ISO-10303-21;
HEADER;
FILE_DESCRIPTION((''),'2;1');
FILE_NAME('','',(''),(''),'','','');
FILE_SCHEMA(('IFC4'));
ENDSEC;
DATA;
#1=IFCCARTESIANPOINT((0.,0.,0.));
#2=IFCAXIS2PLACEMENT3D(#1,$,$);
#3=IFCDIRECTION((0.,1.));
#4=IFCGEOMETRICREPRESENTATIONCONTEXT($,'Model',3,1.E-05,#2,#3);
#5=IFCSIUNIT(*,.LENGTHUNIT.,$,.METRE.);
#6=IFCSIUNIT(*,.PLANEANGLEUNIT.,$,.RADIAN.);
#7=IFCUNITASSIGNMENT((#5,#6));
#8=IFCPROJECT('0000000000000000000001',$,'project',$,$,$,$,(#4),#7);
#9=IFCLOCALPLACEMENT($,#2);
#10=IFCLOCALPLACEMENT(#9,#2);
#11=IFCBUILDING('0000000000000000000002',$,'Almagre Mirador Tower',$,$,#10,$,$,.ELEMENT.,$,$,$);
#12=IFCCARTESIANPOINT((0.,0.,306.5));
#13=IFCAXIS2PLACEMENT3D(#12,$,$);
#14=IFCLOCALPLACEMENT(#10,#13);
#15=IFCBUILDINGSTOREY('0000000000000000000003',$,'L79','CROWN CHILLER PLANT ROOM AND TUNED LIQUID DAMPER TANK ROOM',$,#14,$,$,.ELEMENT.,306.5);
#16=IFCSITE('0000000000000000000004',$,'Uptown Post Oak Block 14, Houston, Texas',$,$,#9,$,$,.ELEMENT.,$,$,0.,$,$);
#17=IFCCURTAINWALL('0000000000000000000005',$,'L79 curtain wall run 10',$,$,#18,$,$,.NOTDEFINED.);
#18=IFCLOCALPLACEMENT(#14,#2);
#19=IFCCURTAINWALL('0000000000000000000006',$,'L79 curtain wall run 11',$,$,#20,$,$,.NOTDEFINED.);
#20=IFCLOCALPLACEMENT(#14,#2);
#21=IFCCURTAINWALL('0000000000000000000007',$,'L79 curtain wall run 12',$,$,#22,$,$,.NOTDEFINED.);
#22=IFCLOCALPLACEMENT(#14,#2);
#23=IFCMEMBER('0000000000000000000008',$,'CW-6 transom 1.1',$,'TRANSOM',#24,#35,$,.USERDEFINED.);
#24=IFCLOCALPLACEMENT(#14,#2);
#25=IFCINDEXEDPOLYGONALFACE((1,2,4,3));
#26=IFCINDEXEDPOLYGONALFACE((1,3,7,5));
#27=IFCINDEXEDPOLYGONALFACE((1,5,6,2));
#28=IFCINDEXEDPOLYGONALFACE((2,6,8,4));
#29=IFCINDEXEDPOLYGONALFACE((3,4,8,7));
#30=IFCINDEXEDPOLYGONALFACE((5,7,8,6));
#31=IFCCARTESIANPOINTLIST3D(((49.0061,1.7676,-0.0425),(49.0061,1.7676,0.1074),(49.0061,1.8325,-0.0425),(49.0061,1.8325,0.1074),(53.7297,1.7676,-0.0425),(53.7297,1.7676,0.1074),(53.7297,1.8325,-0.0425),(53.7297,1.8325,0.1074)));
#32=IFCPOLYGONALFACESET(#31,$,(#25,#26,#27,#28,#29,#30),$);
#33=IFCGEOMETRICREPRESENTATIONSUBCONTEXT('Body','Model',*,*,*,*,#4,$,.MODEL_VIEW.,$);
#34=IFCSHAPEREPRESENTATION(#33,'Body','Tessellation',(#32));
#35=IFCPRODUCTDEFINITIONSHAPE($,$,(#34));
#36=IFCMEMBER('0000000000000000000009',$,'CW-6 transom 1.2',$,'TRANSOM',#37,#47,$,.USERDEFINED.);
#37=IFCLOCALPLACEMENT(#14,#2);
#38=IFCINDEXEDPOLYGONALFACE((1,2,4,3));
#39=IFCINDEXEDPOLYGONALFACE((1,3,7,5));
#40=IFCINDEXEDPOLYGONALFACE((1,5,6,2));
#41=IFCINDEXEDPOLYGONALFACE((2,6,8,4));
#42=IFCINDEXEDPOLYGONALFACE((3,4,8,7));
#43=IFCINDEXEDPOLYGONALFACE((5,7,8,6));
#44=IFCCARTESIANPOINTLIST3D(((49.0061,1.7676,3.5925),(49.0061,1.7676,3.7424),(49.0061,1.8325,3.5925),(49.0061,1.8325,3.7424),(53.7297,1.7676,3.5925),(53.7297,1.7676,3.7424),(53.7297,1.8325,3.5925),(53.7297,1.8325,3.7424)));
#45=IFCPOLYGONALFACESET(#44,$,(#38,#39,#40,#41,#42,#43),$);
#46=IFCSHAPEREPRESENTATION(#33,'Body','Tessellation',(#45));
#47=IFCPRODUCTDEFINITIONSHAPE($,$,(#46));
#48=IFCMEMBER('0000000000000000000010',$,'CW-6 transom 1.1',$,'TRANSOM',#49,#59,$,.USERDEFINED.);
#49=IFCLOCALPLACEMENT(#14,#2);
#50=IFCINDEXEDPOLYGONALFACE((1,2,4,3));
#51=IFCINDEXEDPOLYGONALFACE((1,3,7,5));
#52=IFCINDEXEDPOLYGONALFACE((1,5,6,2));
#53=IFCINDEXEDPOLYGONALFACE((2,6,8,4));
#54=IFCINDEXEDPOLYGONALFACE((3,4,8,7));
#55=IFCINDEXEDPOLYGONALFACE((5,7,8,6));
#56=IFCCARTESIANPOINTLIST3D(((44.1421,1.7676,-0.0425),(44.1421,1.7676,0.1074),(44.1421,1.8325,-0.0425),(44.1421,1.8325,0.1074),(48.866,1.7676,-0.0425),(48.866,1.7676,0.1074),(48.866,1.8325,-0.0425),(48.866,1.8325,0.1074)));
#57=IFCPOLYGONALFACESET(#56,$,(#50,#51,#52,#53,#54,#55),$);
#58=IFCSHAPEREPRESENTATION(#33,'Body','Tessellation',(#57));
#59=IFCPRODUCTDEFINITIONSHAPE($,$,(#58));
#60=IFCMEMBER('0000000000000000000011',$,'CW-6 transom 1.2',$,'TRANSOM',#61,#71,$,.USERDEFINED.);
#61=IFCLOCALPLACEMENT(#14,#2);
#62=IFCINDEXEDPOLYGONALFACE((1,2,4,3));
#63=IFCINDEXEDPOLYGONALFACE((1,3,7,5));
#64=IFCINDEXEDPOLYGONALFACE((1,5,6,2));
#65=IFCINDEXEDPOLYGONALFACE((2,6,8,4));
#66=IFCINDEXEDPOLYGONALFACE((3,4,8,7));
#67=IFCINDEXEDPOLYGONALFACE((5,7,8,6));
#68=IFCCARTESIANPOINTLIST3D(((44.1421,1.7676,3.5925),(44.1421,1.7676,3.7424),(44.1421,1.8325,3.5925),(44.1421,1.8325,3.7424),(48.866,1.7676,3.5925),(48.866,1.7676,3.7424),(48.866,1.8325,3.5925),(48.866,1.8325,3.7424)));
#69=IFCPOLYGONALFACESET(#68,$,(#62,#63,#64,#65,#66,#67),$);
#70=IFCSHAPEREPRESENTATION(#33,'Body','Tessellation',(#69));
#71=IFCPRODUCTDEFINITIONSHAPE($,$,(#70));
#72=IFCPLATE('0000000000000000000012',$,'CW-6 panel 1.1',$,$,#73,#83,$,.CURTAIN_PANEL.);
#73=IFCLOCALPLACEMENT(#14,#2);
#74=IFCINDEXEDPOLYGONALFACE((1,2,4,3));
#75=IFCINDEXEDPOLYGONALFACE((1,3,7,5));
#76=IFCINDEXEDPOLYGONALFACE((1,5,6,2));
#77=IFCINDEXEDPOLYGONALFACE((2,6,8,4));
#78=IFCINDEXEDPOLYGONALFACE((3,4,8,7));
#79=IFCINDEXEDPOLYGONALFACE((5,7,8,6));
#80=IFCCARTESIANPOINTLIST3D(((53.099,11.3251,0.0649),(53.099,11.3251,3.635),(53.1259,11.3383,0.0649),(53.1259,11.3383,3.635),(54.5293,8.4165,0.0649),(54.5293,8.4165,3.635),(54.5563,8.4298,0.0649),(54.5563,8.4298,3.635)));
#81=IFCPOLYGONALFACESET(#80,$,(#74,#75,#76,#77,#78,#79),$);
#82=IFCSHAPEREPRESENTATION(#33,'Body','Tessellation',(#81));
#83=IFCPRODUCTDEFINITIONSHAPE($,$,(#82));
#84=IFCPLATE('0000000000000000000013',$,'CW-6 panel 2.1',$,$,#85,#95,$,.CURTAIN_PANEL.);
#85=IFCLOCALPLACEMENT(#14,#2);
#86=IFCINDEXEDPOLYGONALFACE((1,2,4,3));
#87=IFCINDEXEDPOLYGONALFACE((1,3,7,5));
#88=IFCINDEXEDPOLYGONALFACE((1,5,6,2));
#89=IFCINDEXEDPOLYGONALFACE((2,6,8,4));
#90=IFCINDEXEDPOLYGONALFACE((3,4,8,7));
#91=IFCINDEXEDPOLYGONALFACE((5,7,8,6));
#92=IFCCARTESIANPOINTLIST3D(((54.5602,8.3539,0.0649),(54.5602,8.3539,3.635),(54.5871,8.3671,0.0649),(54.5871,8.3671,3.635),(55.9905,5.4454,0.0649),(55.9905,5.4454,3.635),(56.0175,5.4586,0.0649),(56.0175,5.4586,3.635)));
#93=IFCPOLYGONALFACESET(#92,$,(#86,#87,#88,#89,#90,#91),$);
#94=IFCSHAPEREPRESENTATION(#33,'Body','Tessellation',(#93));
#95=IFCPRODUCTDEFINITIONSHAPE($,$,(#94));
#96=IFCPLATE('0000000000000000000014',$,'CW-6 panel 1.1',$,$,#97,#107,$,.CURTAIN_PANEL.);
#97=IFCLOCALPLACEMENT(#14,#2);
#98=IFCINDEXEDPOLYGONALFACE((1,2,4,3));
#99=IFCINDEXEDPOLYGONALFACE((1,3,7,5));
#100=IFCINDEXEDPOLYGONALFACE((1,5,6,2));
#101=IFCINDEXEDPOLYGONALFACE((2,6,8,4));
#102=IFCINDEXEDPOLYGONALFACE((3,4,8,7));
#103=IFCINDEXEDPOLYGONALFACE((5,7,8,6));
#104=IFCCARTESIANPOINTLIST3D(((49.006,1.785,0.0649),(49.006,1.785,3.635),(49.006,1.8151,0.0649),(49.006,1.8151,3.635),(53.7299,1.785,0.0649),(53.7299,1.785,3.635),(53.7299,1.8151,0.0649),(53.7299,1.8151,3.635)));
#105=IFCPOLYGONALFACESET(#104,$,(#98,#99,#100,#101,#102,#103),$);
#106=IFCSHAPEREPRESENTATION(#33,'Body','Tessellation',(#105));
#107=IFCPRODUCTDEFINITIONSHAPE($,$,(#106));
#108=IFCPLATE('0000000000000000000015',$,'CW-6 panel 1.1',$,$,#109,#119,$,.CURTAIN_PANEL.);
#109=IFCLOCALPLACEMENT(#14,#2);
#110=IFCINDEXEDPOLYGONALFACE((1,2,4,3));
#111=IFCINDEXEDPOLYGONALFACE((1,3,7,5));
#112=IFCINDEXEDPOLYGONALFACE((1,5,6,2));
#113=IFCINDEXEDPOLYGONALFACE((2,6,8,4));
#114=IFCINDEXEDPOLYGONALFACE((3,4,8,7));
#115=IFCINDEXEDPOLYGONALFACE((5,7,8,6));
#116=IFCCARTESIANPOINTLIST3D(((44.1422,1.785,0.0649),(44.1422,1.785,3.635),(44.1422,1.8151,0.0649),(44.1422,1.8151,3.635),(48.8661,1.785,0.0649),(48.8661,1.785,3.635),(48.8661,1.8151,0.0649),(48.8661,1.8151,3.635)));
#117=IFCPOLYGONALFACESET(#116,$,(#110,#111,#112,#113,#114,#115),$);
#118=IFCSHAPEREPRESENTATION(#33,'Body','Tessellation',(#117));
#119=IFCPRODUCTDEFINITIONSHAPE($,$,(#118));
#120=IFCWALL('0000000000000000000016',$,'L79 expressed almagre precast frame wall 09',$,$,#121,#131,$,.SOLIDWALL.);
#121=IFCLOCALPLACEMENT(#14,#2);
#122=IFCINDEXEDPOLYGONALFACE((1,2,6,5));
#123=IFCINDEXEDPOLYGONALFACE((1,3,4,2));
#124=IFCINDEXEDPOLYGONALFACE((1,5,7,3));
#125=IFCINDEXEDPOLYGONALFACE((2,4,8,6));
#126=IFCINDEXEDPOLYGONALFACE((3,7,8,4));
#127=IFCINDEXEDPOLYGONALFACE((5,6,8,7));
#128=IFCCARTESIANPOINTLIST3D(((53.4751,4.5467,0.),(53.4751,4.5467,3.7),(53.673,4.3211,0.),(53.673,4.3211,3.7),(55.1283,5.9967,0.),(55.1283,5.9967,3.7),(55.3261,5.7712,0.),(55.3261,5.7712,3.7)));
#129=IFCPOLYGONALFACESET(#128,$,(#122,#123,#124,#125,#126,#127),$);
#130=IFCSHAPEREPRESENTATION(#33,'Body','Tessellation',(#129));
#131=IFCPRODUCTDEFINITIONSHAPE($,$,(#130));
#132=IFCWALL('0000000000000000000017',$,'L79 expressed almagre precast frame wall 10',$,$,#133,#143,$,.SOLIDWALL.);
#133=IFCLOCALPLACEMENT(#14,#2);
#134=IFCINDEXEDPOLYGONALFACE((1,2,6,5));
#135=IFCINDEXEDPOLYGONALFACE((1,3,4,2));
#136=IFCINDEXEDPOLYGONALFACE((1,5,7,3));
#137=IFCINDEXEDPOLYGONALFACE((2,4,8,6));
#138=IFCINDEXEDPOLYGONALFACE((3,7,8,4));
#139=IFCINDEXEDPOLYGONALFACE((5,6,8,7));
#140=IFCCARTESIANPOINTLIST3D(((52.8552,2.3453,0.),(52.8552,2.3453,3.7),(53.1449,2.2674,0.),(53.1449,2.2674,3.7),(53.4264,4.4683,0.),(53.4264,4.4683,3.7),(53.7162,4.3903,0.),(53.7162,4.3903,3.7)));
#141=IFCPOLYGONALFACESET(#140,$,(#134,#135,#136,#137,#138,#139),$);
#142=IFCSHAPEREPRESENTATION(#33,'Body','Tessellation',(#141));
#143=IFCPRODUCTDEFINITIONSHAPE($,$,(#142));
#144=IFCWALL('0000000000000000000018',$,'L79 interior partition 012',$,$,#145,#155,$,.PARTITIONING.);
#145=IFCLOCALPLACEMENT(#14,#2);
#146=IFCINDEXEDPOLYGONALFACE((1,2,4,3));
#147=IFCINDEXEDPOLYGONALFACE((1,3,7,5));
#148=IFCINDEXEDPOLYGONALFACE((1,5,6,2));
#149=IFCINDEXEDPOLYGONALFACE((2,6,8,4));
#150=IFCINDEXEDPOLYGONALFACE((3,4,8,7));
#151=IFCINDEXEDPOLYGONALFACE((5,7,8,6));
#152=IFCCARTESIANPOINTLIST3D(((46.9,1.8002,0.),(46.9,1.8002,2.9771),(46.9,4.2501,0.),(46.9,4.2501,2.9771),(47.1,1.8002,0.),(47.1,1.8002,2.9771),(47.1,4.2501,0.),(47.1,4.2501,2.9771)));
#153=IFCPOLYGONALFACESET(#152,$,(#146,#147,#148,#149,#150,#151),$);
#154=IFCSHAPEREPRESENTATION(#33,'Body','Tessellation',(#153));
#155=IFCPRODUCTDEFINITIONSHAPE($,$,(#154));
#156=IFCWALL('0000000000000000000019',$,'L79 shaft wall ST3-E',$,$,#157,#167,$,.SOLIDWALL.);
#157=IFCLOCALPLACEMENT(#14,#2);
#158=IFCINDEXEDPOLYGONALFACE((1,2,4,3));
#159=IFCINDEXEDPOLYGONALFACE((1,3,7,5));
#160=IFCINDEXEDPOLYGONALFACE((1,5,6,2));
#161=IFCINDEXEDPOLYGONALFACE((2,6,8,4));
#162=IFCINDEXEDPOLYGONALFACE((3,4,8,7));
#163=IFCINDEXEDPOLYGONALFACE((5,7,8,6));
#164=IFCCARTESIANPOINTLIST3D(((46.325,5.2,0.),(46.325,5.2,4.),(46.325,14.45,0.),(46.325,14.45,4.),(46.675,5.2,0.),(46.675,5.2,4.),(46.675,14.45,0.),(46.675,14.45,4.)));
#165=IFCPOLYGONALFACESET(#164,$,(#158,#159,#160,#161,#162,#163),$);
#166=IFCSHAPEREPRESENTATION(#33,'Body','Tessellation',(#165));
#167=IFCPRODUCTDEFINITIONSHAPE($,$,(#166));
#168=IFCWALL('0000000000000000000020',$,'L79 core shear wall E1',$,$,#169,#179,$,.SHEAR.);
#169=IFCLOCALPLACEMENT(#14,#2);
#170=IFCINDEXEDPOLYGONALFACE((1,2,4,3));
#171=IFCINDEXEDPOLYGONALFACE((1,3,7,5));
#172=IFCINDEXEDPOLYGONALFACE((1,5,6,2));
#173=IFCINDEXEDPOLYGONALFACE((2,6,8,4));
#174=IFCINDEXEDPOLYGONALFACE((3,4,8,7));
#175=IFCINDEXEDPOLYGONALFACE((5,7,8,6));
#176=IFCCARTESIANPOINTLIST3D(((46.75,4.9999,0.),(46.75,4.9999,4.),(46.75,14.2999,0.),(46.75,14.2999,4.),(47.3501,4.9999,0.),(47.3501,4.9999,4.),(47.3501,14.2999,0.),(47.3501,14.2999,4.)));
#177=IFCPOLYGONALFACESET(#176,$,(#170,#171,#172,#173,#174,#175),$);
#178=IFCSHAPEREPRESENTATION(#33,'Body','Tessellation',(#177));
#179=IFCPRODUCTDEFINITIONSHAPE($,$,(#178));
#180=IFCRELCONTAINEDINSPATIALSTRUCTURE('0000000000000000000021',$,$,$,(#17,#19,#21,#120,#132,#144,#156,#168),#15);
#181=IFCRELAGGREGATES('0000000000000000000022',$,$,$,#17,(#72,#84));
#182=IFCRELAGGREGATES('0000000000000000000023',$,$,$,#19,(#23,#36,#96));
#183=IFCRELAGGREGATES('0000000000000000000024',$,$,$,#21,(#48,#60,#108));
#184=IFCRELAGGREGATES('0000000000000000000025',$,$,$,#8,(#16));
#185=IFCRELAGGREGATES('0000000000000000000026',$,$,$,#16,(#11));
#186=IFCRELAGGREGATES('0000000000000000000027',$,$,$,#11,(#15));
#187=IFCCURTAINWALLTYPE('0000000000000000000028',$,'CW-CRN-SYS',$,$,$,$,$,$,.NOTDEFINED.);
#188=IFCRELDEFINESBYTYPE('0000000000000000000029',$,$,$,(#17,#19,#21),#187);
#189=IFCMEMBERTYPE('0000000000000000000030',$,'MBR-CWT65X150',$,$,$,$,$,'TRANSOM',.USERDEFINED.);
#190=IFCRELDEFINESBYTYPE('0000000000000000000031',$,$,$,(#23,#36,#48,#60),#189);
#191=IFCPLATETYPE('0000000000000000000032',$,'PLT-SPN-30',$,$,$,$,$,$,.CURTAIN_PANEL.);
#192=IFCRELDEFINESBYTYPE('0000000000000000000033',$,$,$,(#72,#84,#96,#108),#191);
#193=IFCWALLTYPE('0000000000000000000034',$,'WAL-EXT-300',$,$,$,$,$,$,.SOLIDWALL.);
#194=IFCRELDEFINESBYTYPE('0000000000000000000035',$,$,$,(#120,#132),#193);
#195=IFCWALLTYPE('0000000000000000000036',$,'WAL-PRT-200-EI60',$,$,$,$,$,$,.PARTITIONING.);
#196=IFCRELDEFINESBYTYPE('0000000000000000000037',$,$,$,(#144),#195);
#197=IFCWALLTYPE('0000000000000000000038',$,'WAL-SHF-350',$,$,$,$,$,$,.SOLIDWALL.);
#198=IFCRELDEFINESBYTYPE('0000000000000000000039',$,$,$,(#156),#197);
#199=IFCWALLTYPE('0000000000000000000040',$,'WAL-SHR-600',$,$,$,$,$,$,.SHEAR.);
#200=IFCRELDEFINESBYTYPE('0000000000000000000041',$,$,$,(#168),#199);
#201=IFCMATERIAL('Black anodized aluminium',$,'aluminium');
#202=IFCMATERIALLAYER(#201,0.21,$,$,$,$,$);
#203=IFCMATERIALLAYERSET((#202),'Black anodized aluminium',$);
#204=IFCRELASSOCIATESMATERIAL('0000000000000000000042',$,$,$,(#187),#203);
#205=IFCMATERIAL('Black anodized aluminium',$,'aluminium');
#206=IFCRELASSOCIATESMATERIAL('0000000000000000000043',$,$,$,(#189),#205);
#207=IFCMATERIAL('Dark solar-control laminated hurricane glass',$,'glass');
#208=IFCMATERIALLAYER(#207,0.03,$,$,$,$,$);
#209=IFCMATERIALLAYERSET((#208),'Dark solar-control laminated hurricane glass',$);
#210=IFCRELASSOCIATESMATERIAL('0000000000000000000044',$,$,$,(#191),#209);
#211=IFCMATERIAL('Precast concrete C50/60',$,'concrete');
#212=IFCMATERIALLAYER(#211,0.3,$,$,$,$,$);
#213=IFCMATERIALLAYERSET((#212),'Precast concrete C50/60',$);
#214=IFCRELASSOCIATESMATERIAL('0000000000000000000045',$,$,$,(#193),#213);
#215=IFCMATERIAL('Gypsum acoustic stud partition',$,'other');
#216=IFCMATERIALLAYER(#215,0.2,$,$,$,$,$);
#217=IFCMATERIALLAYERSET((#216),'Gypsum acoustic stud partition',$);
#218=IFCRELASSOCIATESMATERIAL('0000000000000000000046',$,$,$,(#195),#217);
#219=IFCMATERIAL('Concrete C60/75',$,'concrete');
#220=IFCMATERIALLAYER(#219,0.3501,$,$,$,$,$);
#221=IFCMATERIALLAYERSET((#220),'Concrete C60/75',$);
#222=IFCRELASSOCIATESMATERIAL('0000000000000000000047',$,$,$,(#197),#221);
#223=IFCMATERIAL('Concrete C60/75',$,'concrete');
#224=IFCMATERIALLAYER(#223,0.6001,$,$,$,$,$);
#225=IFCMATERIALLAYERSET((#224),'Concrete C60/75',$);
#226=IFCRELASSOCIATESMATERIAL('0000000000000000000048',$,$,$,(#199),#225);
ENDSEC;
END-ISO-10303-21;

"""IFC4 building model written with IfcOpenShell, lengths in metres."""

from ifc_helpers import new_model, si_unit, direction, frame, frame_2d, origin, origin_2d, place, context, subcontext, project, spatial, rectangle, extrude, material, layer, layer_set, material_profile, profile_set, type_object, element, aggregate, save


model = new_model("IFC4")

# Units and contexts
model_context = context("Model", 3, precision=1e-05, world=origin(), true_north=direction((0.0, 1.0)))
body_context = subcontext(model_context, "Body", "Model", "MODEL_VIEW")
ifc_project = project(units=[si_unit("LENGTHUNIT", "METRE"), si_unit("PLANEANGLEUNIT", "RADIAN")], contexts=[model_context])

# Site, building, storey
site_placement = place(None, origin())
site = spatial("IfcSite", under=ifc_project, at=site_placement, Name="Uptown Post Oak Block 14, Houston, Texas", CompositionType="ELEMENT", RefElevation=0.0)
building_placement = place(site_placement, origin())
building = spatial("IfcBuilding", under=site, at=building_placement, Name="Almagre Mirador Tower", CompositionType="ELEMENT")
storey_placement = place(building_placement, frame((0.0, 0.0, 306.5)))
storey = spatial("IfcBuildingStorey", under=building, at=storey_placement, Name="L79", Description="CROWN CHILLER PLANT ROOM AND TUNED LIQUID DAMPER TANK ROOM", CompositionType="ELEMENT", Elevation=306.5)

# Curtain walls
ifc_material_1 = material(Name="Black anodized aluminium", Category="aluminium")
ifc_layer_1 = layer(ifc_material_1, 0.21)
ifc_layer_set_1 = layer_set([ifc_layer_1], Name="Black anodized aluminium")
curtain_wall_type = type_object("IfcCurtainWallType", Name="CW-CRN-SYS", PredefinedType="NOTDEFINED", material=ifc_layer_set_1)
curtain_wall_1_placement = place(storey_placement, origin())
curtain_wall_1 = element("IfcCurtainWall", 1, at=curtain_wall_1_placement, inside=storey, type_object=curtain_wall_type, Name="L79 curtain wall run 10", PredefinedType="NOTDEFINED")
curtain_wall_2_placement = place(storey_placement, origin())
curtain_wall_2 = element("IfcCurtainWall", 2, at=curtain_wall_2_placement, inside=storey, type_object=curtain_wall_type, Name="L79 curtain wall run 11", PredefinedType="NOTDEFINED")

# Curtain wall
curtain_wall_3_placement = place(storey_placement, origin())
curtain_wall_3 = element("IfcCurtainWall", 3, at=curtain_wall_3_placement, inside=storey, type_object=curtain_wall_type, Name="L79 curtain wall run 12", PredefinedType="NOTDEFINED")

# Members
ifc_material_2 = material(Name="Black anodized aluminium", Category="aluminium")
ifc_material_profile_1 = material_profile(ifc_material_2, rectangle(XDim=0.0649, YDim=0.1499, at=origin_2d()), Name="CWT65X150")
ifc_profile_set_1 = profile_set([ifc_material_profile_1], Name="Black anodized aluminium")
member_type_1 = type_object("IfcMemberType", Name="MBR-CWT65X150", ElementType="TRANSOM", PredefinedType="USERDEFINED", material=ifc_profile_set_1)
member_1_placement = place(storey_placement, frame((53.7297, 1.8, 0.0325), z_axis=(-1.0, 0.0, 0.0), x_axis=(0.0, -1.0, 0.0)))
member_1 = element("IfcMember", 4, at=member_1_placement, type_object=member_type_1, Name="CW-6 transom 1.1", ObjectType="TRANSOM", PredefinedType="USERDEFINED", context=body_context, shape_type="SweptSolid", body=[
    extrude(rectangle(XDim=0.0649, YDim=0.1499, at=origin_2d()), origin(), (0.0, 0.0, 1.0), 4.7236),
])
member_2_placement = place(storey_placement, frame((53.7297, 1.8, 3.6675), z_axis=(-1.0, 0.0, 0.0), x_axis=(0.0, -1.0, 0.0)))
member_2 = element("IfcMember", 5, at=member_2_placement, type_object=member_type_1, Name="CW-6 transom 1.2", ObjectType="TRANSOM", PredefinedType="USERDEFINED", context=body_context, shape_type="SweptSolid", body=[
    extrude(rectangle(XDim=0.0649, YDim=0.1499, at=origin_2d()), origin(), (0.0, 0.0, 1.0), 4.7236),
])
member_3_placement = place(storey_placement, frame((48.866, 1.8, 0.0325), z_axis=(-1.0, 0.0, 0.0), x_axis=(0.0, -1.0, 0.0)))
member_3 = element("IfcMember", 6, at=member_3_placement, type_object=member_type_1, Name="CW-6 transom 1.1", ObjectType="TRANSOM", PredefinedType="USERDEFINED", context=body_context, shape_type="SweptSolid", body=[
    extrude(rectangle(XDim=0.0649, YDim=0.1499, at=origin_2d()), origin(), (0.0, 0.0, 1.0), 4.7239),
])
member_4_placement = place(storey_placement, frame((48.866, 1.8, 3.6675), z_axis=(-1.0, 0.0, 0.0), x_axis=(0.0, -1.0, 0.0)))
member_4 = element("IfcMember", 7, at=member_4_placement, type_object=member_type_1, Name="CW-6 transom 1.2", ObjectType="TRANSOM", PredefinedType="USERDEFINED", context=body_context, shape_type="SweptSolid", body=[
    extrude(rectangle(XDim=0.0649, YDim=0.1499, at=origin_2d()), origin(), (0.0, 0.0, 1.0), 4.7239),
])

# Plates
ifc_material_3 = material(Name="Dark solar-control laminated hurricane glass", Category="glass")
ifc_layer_2 = layer(ifc_material_3, 0.03)
ifc_layer_set_2 = layer_set([ifc_layer_2], Name="Dark solar-control laminated hurricane glass")
plate_type = type_object("IfcPlateType", Name="PLT-SPN-30", PredefinedType="CURTAIN_PANEL", material=ifc_layer_set_2)
plate_1_placement = place(storey_placement, frame((53.8276, 9.8774, 0.0649), z_axis=(0.0, 0.0, 1.0), x_axis=(0.441299, -0.89736, 0.0)))
plate_1 = element("IfcPlate", 8, at=plate_1_placement, type_object=plate_type, Name="CW-6 panel 1.1", PredefinedType="CURTAIN_PANEL", context=body_context, shape_type="SweptSolid", body=[
    extrude(rectangle(XDim=3.2412, YDim=0.03, at=origin_2d()), origin(), (0.0, 0.0, 1.0), 3.5701),
])
plate_2_placement = place(storey_placement, frame((55.2888, 6.9062, 0.0649), z_axis=(0.0, 0.0, 1.0), x_axis=(0.441299, -0.89736, 0.0)))
plate_2 = element("IfcPlate", 9, at=plate_2_placement, type_object=plate_type, Name="CW-6 panel 2.1", PredefinedType="CURTAIN_PANEL", context=body_context, shape_type="SweptSolid", body=[
    extrude(rectangle(XDim=3.2412, YDim=0.03, at=origin_2d()), origin(), (0.0, 0.0, 1.0), 3.5701),
])
aggregate(curtain_wall_1, [plate_1, plate_2])
plate_3_placement = place(storey_placement, frame((51.3679, 1.8, 0.0649), z_axis=(0.0, 0.0, 1.0), x_axis=(-1.0, 0.0, 0.0)))
plate_3 = element("IfcPlate", 10, at=plate_3_placement, type_object=plate_type, Name="CW-6 panel 1.1", PredefinedType="CURTAIN_PANEL", context=body_context, shape_type="SweptSolid", body=[
    extrude(rectangle(XDim=4.7239, YDim=0.03, at=origin_2d()), origin(), (0.0, 0.0, 1.0), 3.5701),
])
aggregate(curtain_wall_2, [member_1, member_2, plate_3])
plate_4_placement = place(storey_placement, frame((46.5042, 1.8, 0.0649), z_axis=(0.0, 0.0, 1.0), x_axis=(-1.0, 0.0, 0.0)))
plate_4 = element("IfcPlate", 11, at=plate_4_placement, type_object=plate_type, Name="CW-6 panel 1.1", PredefinedType="CURTAIN_PANEL", context=body_context, shape_type="SweptSolid", body=[
    extrude(rectangle(XDim=4.7239, YDim=0.03, at=origin_2d()), origin(), (0.0, 0.0, 1.0), 3.5701),
])
aggregate(curtain_wall_3, [member_3, member_4, plate_4])

# Walls
ifc_material_4 = material(Name="Precast concrete C50/60", Category="concrete")
ifc_layer_3 = layer(ifc_material_4, 0.3)
ifc_layer_set_3 = layer_set([ifc_layer_3], Name="Precast concrete C50/60")
wall_type_1 = type_object("IfcWallType", Name="WAL-EXT-300", PredefinedType="SOLIDWALL", material=ifc_layer_set_3)
wall_1_placement = place(storey_placement, frame((55.2273, 5.884, 0.0), z_axis=(0.0, 0.0, 1.0), x_axis=(-0.751785, -0.659408, 0.0)))
element("IfcWall", 12, at=wall_1_placement, inside=storey, type_object=wall_type_1, Name="L79 expressed almagre precast frame wall 09", PredefinedType="SOLIDWALL", context=body_context, shape_type="SweptSolid", body=[
    extrude(rectangle(XDim=2.199, YDim=0.3, at=frame_2d((1.0996, 0.0))), origin(), (0.0, 0.0, 1.0), 3.7),
])
wall_2_placement = place(storey_placement, frame((53.5713, 4.4292, 0.0), z_axis=(0.0, 0.0, 1.0), x_axis=(-0.259846, -0.96565, 0.0)))
element("IfcWall", 13, at=wall_2_placement, inside=storey, type_object=wall_type_1, Name="L79 expressed almagre precast frame wall 10", PredefinedType="SOLIDWALL", context=body_context, shape_type="SweptSolid", body=[
    extrude(rectangle(XDim=2.1985, YDim=0.3, at=frame_2d((1.0991, 0.0))), origin(), (0.0, 0.0, 1.0), 3.7),
])
ifc_material_5 = material(Name="Gypsum acoustic stud partition", Category="other")
ifc_layer_4 = layer(ifc_material_5, 0.2)
ifc_layer_set_4 = layer_set([ifc_layer_4], Name="Gypsum acoustic stud partition")
wall_type_2 = type_object("IfcWallType", Name="WAL-PRT-200-EI60", PredefinedType="PARTITIONING", material=ifc_layer_set_4)
wall_3_placement = place(storey_placement, frame((47.0, 1.8, 0.0), z_axis=(0.0, 0.0, 1.0), x_axis=(0.0, 1.0, 0.0)))
element("IfcWall", 14, at=wall_3_placement, inside=storey, type_object=wall_type_2, Name="L79 interior partition 012", PredefinedType="PARTITIONING", context=body_context, shape_type="SweptSolid", body=[
    extrude(rectangle(XDim=2.45, YDim=0.2, at=frame_2d((1.2251, 0.0))), origin(), (0.0, 0.0, 1.0), 2.9771),
])
ifc_material_6 = material(Name="Concrete C60/75", Category="concrete")
ifc_layer_5 = layer(ifc_material_6, 0.3501)
ifc_layer_set_5 = layer_set([ifc_layer_5], Name="Concrete C60/75")
wall_type_3 = type_object("IfcWallType", Name="WAL-SHF-350", PredefinedType="SOLIDWALL", material=ifc_layer_set_5)
wall_4_placement = place(storey_placement, frame((46.5, 5.2, 0.0), z_axis=(0.0, 0.0, 1.0), x_axis=(0.0, 1.0, 0.0)))
element("IfcWall", 15, at=wall_4_placement, inside=storey, type_object=wall_type_3, Name="L79 shaft wall ST3-E", PredefinedType="SOLIDWALL", context=body_context, shape_type="SweptSolid", body=[
    extrude(rectangle(XDim=9.25, YDim=0.3501, at=frame_2d((4.625, 0.0))), origin(), (0.0, 0.0, 1.0), 4.0),
])
ifc_material_7 = material(Name="Concrete C60/75", Category="concrete")
ifc_layer_6 = layer(ifc_material_7, 0.6001)
ifc_layer_set_6 = layer_set([ifc_layer_6], Name="Concrete C60/75")
wall_type_4 = type_object("IfcWallType", Name="WAL-SHR-600", PredefinedType="SHEAR", material=ifc_layer_set_6)
wall_5_placement = place(storey_placement, frame((47.05, 5.0, 0.0), z_axis=(0.0, 0.0, 1.0), x_axis=(0.0, 1.0, 0.0)))
element("IfcWall", 16, at=wall_5_placement, inside=storey, type_object=wall_type_4, Name="L79 core shear wall E1", PredefinedType="SHEAR", context=body_context, shape_type="SweptSolid", body=[
    extrude(rectangle(XDim=9.3, YDim=0.6001, at=frame_2d((4.6499, 0.0))), origin(), (0.0, 0.0, 1.0), 4.0),
])

save(model, "model.ifc")
